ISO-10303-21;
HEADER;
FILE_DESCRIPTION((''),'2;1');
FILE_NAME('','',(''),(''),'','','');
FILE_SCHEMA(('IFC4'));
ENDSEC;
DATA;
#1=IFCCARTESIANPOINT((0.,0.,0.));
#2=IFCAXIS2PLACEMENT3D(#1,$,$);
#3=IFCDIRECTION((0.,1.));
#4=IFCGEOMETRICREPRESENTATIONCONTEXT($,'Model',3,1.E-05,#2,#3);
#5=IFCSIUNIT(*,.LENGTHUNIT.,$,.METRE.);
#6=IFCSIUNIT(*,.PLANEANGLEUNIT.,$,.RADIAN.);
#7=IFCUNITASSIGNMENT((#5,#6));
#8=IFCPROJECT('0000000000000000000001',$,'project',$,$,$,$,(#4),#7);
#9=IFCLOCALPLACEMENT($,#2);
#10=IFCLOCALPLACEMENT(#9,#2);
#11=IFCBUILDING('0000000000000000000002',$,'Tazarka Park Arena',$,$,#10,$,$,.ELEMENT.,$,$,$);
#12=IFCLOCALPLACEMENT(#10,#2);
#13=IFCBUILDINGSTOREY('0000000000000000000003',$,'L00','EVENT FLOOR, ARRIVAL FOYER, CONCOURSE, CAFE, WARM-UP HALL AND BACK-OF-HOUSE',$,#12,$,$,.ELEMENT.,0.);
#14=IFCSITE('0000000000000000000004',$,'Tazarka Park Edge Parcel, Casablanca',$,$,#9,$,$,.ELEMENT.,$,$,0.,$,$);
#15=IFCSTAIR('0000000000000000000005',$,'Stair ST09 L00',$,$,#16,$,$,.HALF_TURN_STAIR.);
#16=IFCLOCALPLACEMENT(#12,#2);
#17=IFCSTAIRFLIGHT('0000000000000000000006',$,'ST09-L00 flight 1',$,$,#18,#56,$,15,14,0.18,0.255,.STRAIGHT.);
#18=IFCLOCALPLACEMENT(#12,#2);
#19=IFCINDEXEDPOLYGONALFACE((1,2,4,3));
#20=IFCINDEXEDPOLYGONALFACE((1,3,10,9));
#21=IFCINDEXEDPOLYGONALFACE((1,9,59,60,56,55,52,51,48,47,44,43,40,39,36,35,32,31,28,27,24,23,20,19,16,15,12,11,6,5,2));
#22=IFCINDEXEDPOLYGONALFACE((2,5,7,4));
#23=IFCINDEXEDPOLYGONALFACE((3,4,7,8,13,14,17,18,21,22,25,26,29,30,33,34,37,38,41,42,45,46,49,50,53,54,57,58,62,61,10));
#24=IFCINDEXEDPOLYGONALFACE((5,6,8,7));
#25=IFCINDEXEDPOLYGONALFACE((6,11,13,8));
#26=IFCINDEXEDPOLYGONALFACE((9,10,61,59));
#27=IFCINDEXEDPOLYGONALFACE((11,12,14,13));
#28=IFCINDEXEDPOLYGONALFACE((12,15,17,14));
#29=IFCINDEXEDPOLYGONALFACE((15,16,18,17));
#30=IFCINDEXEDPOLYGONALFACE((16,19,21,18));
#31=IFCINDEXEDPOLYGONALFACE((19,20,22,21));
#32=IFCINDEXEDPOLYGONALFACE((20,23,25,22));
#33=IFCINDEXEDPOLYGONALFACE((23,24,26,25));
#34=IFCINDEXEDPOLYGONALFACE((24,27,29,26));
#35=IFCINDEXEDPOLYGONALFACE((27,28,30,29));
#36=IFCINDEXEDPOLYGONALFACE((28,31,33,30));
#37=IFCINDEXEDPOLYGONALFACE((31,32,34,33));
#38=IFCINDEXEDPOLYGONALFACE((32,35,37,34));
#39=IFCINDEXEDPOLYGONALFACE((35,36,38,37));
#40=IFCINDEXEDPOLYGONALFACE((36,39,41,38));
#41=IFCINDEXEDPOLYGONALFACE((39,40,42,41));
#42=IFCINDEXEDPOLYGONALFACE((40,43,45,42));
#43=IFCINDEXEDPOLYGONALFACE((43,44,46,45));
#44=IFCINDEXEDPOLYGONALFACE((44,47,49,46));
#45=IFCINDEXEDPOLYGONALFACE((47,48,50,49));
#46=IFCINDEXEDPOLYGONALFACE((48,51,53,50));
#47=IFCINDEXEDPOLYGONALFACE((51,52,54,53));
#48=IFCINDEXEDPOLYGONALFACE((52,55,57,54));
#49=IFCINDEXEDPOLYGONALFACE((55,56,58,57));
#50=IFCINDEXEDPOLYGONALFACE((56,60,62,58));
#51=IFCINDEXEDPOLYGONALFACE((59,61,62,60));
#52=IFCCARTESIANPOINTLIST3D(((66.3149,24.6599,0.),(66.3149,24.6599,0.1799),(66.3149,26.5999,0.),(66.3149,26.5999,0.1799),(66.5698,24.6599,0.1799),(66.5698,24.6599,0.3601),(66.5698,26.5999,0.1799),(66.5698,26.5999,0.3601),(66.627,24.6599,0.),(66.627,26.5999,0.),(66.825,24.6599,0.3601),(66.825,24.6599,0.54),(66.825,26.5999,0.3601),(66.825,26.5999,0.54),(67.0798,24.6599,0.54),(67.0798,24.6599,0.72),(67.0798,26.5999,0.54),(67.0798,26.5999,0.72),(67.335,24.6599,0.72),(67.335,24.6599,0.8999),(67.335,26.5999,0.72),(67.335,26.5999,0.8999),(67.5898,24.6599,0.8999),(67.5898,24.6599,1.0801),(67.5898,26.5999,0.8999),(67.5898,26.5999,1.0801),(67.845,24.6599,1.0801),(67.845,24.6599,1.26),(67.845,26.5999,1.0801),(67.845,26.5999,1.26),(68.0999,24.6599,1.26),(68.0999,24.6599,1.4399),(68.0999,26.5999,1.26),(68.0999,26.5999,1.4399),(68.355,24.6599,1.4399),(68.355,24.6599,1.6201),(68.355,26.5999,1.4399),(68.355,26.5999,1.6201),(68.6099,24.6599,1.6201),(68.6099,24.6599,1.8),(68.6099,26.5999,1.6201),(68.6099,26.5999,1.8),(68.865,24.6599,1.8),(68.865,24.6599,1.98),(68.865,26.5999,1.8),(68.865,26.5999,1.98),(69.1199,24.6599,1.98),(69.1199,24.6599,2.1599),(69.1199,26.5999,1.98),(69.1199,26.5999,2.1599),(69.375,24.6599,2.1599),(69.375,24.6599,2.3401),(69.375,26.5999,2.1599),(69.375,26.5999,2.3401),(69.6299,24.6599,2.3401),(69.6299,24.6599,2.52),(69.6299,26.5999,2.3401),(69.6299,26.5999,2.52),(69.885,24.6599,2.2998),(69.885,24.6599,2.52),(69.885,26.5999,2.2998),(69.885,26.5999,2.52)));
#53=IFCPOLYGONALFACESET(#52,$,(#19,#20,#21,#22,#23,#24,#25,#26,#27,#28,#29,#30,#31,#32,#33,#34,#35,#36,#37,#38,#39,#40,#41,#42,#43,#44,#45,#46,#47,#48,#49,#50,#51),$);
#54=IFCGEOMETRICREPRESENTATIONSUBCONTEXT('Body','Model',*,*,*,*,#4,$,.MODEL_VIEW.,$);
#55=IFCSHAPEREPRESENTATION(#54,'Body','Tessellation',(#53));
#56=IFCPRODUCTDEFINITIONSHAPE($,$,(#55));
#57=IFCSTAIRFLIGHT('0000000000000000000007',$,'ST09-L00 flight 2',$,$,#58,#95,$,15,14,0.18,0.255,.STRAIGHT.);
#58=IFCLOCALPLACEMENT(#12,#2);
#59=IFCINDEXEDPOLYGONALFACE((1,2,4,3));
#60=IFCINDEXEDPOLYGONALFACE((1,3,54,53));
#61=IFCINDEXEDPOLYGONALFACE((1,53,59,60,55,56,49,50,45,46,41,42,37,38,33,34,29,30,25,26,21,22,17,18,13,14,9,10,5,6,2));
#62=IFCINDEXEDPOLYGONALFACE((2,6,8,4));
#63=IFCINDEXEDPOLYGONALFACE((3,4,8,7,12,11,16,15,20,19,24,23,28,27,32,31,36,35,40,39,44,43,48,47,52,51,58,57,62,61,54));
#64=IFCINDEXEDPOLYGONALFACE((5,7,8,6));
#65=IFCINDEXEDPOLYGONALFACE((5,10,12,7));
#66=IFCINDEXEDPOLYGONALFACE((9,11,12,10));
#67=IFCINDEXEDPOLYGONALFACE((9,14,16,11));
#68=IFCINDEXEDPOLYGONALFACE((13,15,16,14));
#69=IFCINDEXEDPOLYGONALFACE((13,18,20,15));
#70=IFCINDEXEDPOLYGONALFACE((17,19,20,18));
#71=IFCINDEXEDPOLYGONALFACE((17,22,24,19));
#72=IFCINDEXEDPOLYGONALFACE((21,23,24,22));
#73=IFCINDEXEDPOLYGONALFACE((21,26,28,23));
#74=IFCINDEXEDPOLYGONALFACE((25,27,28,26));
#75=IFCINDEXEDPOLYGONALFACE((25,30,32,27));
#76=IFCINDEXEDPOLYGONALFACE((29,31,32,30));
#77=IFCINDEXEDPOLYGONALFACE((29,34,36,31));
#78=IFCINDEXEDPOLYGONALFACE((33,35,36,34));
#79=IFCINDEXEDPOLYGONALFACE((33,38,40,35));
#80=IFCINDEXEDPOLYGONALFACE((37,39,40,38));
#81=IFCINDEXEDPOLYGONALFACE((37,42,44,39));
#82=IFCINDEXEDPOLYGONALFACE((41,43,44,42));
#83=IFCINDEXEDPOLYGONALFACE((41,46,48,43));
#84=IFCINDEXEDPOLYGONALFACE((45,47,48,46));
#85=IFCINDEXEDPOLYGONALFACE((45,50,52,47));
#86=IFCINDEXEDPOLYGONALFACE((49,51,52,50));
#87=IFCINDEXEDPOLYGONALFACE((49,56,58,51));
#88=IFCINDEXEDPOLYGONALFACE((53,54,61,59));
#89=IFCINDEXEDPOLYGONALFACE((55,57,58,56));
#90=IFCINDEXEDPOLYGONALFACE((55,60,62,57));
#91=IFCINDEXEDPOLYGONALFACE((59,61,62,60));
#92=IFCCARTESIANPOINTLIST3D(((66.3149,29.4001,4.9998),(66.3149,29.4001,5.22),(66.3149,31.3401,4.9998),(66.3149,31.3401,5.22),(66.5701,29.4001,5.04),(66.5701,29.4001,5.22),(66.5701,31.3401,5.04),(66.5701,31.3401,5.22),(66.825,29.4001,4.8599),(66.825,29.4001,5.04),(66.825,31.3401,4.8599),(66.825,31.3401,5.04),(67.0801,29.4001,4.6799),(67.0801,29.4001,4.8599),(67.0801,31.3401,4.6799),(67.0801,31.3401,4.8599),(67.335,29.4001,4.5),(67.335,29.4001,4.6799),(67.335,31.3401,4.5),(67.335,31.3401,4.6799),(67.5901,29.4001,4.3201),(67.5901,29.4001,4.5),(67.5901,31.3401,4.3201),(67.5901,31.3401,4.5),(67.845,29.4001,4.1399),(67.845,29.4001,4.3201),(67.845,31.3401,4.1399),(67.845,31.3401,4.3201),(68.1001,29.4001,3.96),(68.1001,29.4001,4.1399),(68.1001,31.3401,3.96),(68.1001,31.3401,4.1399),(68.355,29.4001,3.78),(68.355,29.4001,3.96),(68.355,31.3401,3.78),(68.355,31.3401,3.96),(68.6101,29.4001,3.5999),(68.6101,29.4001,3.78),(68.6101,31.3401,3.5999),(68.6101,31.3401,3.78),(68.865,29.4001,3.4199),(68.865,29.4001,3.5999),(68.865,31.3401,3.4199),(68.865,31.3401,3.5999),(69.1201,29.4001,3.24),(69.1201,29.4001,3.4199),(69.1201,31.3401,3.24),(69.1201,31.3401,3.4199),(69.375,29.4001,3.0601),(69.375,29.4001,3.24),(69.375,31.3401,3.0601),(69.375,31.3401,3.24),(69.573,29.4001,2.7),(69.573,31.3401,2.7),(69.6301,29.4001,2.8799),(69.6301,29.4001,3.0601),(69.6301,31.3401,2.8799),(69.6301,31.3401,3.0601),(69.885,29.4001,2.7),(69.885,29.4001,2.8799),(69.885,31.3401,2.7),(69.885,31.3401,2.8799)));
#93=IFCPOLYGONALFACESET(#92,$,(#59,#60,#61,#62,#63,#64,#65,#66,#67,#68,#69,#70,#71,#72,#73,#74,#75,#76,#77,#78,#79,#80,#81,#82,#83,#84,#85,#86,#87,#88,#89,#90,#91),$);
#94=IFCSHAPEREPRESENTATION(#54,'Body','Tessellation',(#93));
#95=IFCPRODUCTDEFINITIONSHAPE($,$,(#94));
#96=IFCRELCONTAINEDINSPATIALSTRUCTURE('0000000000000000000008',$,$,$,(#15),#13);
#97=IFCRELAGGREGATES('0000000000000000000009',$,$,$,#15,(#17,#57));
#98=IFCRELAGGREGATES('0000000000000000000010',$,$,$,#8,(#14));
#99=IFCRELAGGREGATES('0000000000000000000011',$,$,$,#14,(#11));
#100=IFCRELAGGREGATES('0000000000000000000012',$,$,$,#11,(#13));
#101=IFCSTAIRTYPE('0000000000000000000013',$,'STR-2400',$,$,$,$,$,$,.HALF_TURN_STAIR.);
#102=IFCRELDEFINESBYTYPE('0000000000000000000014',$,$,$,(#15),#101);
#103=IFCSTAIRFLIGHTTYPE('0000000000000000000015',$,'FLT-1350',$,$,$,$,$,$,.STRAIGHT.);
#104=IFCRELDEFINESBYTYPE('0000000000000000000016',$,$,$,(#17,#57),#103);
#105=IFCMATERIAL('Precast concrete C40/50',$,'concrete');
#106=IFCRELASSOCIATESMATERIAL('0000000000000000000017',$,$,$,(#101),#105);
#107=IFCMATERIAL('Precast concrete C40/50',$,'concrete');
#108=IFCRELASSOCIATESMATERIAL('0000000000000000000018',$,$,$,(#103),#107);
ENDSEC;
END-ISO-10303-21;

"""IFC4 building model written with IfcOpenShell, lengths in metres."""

from ifc_helpers import new_model, si_unit, direction, frame, origin, place, context, subcontext, project, spatial, polyline, outline, extrude, material, type_object, element, aggregate, save


model = new_model("IFC4")

# Units and contexts
model_context = context("Model", 3, precision=1e-05, world=origin(), true_north=direction((0.0, 1.0)))
body_context = subcontext(model_context, "Body", "Model", "MODEL_VIEW")
ifc_project = project(units=[si_unit("LENGTHUNIT", "METRE"), si_unit("PLANEANGLEUNIT", "RADIAN")], contexts=[model_context])

# Site, building, storey
site_placement = place(None, origin())
site = spatial("IfcSite", under=ifc_project, at=site_placement, Name="Tazarka Park Edge Parcel, Casablanca", CompositionType="ELEMENT", RefElevation=0.0)
building_placement = place(site_placement, origin())
building = spatial("IfcBuilding", under=site, at=building_placement, Name="Tazarka Park Arena", CompositionType="ELEMENT")
storey_placement = place(building_placement, origin())
storey = spatial("IfcBuildingStorey", under=building, at=storey_placement, Name="L00", Description="EVENT FLOOR, ARRIVAL FOYER, CONCOURSE, CAFE, WARM-UP HALL AND BACK-OF-HOUSE", CompositionType="ELEMENT", Elevation=0.0)

# Stair, stair flights
ifc_material_1 = material(Name="Precast concrete C40/50", Category="concrete")
stair_type = type_object("IfcStairType", Name="STR-2400", PredefinedType="HALF_TURN_STAIR", material=ifc_material_1)
stair_placement = place(storey_placement, origin())
stair = element("IfcStair", 1, at=stair_placement, inside=storey, type_object=stair_type, Name="Stair ST09 L00", PredefinedType="HALF_TURN_STAIR")
ifc_material_2 = material(Name="Precast concrete C40/50", Category="concrete")
stair_flight_type = type_object("IfcStairFlightType", Name="FLT-1350", PredefinedType="STRAIGHT", material=ifc_material_2)
stair_flight_1_placement = place(storey_placement, frame((66.3149, 25.6299, 0.0), z_axis=(0.0, 0.0, 1.0), x_axis=(1.0, 0.0, 0.0)))
stair_flight_1 = element("IfcStairFlight", 2, at=stair_flight_1_placement, type_object=stair_flight_type, Name="ST09-L00 flight 1", NumberOfRisers=15, NumberOfTreads=14, PredefinedType="STRAIGHT", RiserHeight=0.18, TreadLength=0.255, context=body_context, shape_type="SweptSolid", body=[
    extrude(outline(polyline([(0.0, 0.0), (0.0, 0.1799), (0.2549, 0.1799), (0.2549, 0.3601), (0.51, 0.3601), (0.51, 0.54), (0.7649, 0.54), (0.7649, 0.72), (1.02, 0.72), (1.02, 0.8999), (1.2749, 0.8999), (1.2749, 1.0801), (1.53, 1.0801), (1.53, 1.26), (1.7849, 1.26), (1.7849, 1.4399), (2.04, 1.4399), (2.04, 1.6201), (2.2949, 1.6201), (2.2949, 1.8), (2.55, 1.8), (2.55, 1.98), (2.8049, 1.98), (2.8049, 2.1599), (3.0601, 2.1599), (3.0601, 2.3401), (3.3149, 2.3401), (3.3149, 2.52), (3.5701, 2.52), (3.5701, 2.7), (3.5701, 2.2998), (0.312, 0.0), (0.0, 0.0)])), frame((0.0, 0.97, 0.0), z_axis=(0.0, -1.0, 0.0), x_axis=(1.0, 0.0, 0.0)), (0.0, 0.0, 1.0), 1.9399),
])
stair_flight_2_placement = place(storey_placement, frame((69.885, 30.3701, 2.7), z_axis=(0.0, 0.0, 1.0), x_axis=(-1.0, 0.0, 0.0)))
stair_flight_2 = element("IfcStairFlight", 3, at=stair_flight_2_placement, type_object=stair_flight_type, Name="ST09-L00 flight 2", NumberOfRisers=15, NumberOfTreads=14, PredefinedType="STRAIGHT", RiserHeight=0.18, TreadLength=0.255, context=body_context, shape_type="SweptSolid", body=[
    extrude(outline(polyline([(0.0, 0.0), (0.0, 0.1799), (0.2549, 0.1799), (0.2549, 0.3601), (0.51, 0.3601), (0.51, 0.54), (0.7649, 0.54), (0.7649, 0.72), (1.02, 0.72), (1.02, 0.8999), (1.2749, 0.8999), (1.2749, 1.0801), (1.53, 1.0801), (1.53, 1.26), (1.7849, 1.26), (1.7849, 1.4399), (2.04, 1.4399), (2.04, 1.6201), (2.2949, 1.6201), (2.2949, 1.8), (2.55, 1.8), (2.55, 1.98), (2.8049, 1.98), (2.8049, 2.1599), (3.0601, 2.1599), (3.0601, 2.3401), (3.3149, 2.3401), (3.3149, 2.52), (3.5701, 2.52), (3.5701, 2.7), (3.5701, 2.2998), (0.312, 0.0), (0.0, 0.0)])), frame((0.0, 0.97, 0.0), z_axis=(0.0, -1.0, 0.0), x_axis=(1.0, 0.0, 0.0)), (0.0, 0.0, 1.0), 1.9399),
])
aggregate(stair, [stair_flight_1, stair_flight_2])

save(model, "model.ifc")
